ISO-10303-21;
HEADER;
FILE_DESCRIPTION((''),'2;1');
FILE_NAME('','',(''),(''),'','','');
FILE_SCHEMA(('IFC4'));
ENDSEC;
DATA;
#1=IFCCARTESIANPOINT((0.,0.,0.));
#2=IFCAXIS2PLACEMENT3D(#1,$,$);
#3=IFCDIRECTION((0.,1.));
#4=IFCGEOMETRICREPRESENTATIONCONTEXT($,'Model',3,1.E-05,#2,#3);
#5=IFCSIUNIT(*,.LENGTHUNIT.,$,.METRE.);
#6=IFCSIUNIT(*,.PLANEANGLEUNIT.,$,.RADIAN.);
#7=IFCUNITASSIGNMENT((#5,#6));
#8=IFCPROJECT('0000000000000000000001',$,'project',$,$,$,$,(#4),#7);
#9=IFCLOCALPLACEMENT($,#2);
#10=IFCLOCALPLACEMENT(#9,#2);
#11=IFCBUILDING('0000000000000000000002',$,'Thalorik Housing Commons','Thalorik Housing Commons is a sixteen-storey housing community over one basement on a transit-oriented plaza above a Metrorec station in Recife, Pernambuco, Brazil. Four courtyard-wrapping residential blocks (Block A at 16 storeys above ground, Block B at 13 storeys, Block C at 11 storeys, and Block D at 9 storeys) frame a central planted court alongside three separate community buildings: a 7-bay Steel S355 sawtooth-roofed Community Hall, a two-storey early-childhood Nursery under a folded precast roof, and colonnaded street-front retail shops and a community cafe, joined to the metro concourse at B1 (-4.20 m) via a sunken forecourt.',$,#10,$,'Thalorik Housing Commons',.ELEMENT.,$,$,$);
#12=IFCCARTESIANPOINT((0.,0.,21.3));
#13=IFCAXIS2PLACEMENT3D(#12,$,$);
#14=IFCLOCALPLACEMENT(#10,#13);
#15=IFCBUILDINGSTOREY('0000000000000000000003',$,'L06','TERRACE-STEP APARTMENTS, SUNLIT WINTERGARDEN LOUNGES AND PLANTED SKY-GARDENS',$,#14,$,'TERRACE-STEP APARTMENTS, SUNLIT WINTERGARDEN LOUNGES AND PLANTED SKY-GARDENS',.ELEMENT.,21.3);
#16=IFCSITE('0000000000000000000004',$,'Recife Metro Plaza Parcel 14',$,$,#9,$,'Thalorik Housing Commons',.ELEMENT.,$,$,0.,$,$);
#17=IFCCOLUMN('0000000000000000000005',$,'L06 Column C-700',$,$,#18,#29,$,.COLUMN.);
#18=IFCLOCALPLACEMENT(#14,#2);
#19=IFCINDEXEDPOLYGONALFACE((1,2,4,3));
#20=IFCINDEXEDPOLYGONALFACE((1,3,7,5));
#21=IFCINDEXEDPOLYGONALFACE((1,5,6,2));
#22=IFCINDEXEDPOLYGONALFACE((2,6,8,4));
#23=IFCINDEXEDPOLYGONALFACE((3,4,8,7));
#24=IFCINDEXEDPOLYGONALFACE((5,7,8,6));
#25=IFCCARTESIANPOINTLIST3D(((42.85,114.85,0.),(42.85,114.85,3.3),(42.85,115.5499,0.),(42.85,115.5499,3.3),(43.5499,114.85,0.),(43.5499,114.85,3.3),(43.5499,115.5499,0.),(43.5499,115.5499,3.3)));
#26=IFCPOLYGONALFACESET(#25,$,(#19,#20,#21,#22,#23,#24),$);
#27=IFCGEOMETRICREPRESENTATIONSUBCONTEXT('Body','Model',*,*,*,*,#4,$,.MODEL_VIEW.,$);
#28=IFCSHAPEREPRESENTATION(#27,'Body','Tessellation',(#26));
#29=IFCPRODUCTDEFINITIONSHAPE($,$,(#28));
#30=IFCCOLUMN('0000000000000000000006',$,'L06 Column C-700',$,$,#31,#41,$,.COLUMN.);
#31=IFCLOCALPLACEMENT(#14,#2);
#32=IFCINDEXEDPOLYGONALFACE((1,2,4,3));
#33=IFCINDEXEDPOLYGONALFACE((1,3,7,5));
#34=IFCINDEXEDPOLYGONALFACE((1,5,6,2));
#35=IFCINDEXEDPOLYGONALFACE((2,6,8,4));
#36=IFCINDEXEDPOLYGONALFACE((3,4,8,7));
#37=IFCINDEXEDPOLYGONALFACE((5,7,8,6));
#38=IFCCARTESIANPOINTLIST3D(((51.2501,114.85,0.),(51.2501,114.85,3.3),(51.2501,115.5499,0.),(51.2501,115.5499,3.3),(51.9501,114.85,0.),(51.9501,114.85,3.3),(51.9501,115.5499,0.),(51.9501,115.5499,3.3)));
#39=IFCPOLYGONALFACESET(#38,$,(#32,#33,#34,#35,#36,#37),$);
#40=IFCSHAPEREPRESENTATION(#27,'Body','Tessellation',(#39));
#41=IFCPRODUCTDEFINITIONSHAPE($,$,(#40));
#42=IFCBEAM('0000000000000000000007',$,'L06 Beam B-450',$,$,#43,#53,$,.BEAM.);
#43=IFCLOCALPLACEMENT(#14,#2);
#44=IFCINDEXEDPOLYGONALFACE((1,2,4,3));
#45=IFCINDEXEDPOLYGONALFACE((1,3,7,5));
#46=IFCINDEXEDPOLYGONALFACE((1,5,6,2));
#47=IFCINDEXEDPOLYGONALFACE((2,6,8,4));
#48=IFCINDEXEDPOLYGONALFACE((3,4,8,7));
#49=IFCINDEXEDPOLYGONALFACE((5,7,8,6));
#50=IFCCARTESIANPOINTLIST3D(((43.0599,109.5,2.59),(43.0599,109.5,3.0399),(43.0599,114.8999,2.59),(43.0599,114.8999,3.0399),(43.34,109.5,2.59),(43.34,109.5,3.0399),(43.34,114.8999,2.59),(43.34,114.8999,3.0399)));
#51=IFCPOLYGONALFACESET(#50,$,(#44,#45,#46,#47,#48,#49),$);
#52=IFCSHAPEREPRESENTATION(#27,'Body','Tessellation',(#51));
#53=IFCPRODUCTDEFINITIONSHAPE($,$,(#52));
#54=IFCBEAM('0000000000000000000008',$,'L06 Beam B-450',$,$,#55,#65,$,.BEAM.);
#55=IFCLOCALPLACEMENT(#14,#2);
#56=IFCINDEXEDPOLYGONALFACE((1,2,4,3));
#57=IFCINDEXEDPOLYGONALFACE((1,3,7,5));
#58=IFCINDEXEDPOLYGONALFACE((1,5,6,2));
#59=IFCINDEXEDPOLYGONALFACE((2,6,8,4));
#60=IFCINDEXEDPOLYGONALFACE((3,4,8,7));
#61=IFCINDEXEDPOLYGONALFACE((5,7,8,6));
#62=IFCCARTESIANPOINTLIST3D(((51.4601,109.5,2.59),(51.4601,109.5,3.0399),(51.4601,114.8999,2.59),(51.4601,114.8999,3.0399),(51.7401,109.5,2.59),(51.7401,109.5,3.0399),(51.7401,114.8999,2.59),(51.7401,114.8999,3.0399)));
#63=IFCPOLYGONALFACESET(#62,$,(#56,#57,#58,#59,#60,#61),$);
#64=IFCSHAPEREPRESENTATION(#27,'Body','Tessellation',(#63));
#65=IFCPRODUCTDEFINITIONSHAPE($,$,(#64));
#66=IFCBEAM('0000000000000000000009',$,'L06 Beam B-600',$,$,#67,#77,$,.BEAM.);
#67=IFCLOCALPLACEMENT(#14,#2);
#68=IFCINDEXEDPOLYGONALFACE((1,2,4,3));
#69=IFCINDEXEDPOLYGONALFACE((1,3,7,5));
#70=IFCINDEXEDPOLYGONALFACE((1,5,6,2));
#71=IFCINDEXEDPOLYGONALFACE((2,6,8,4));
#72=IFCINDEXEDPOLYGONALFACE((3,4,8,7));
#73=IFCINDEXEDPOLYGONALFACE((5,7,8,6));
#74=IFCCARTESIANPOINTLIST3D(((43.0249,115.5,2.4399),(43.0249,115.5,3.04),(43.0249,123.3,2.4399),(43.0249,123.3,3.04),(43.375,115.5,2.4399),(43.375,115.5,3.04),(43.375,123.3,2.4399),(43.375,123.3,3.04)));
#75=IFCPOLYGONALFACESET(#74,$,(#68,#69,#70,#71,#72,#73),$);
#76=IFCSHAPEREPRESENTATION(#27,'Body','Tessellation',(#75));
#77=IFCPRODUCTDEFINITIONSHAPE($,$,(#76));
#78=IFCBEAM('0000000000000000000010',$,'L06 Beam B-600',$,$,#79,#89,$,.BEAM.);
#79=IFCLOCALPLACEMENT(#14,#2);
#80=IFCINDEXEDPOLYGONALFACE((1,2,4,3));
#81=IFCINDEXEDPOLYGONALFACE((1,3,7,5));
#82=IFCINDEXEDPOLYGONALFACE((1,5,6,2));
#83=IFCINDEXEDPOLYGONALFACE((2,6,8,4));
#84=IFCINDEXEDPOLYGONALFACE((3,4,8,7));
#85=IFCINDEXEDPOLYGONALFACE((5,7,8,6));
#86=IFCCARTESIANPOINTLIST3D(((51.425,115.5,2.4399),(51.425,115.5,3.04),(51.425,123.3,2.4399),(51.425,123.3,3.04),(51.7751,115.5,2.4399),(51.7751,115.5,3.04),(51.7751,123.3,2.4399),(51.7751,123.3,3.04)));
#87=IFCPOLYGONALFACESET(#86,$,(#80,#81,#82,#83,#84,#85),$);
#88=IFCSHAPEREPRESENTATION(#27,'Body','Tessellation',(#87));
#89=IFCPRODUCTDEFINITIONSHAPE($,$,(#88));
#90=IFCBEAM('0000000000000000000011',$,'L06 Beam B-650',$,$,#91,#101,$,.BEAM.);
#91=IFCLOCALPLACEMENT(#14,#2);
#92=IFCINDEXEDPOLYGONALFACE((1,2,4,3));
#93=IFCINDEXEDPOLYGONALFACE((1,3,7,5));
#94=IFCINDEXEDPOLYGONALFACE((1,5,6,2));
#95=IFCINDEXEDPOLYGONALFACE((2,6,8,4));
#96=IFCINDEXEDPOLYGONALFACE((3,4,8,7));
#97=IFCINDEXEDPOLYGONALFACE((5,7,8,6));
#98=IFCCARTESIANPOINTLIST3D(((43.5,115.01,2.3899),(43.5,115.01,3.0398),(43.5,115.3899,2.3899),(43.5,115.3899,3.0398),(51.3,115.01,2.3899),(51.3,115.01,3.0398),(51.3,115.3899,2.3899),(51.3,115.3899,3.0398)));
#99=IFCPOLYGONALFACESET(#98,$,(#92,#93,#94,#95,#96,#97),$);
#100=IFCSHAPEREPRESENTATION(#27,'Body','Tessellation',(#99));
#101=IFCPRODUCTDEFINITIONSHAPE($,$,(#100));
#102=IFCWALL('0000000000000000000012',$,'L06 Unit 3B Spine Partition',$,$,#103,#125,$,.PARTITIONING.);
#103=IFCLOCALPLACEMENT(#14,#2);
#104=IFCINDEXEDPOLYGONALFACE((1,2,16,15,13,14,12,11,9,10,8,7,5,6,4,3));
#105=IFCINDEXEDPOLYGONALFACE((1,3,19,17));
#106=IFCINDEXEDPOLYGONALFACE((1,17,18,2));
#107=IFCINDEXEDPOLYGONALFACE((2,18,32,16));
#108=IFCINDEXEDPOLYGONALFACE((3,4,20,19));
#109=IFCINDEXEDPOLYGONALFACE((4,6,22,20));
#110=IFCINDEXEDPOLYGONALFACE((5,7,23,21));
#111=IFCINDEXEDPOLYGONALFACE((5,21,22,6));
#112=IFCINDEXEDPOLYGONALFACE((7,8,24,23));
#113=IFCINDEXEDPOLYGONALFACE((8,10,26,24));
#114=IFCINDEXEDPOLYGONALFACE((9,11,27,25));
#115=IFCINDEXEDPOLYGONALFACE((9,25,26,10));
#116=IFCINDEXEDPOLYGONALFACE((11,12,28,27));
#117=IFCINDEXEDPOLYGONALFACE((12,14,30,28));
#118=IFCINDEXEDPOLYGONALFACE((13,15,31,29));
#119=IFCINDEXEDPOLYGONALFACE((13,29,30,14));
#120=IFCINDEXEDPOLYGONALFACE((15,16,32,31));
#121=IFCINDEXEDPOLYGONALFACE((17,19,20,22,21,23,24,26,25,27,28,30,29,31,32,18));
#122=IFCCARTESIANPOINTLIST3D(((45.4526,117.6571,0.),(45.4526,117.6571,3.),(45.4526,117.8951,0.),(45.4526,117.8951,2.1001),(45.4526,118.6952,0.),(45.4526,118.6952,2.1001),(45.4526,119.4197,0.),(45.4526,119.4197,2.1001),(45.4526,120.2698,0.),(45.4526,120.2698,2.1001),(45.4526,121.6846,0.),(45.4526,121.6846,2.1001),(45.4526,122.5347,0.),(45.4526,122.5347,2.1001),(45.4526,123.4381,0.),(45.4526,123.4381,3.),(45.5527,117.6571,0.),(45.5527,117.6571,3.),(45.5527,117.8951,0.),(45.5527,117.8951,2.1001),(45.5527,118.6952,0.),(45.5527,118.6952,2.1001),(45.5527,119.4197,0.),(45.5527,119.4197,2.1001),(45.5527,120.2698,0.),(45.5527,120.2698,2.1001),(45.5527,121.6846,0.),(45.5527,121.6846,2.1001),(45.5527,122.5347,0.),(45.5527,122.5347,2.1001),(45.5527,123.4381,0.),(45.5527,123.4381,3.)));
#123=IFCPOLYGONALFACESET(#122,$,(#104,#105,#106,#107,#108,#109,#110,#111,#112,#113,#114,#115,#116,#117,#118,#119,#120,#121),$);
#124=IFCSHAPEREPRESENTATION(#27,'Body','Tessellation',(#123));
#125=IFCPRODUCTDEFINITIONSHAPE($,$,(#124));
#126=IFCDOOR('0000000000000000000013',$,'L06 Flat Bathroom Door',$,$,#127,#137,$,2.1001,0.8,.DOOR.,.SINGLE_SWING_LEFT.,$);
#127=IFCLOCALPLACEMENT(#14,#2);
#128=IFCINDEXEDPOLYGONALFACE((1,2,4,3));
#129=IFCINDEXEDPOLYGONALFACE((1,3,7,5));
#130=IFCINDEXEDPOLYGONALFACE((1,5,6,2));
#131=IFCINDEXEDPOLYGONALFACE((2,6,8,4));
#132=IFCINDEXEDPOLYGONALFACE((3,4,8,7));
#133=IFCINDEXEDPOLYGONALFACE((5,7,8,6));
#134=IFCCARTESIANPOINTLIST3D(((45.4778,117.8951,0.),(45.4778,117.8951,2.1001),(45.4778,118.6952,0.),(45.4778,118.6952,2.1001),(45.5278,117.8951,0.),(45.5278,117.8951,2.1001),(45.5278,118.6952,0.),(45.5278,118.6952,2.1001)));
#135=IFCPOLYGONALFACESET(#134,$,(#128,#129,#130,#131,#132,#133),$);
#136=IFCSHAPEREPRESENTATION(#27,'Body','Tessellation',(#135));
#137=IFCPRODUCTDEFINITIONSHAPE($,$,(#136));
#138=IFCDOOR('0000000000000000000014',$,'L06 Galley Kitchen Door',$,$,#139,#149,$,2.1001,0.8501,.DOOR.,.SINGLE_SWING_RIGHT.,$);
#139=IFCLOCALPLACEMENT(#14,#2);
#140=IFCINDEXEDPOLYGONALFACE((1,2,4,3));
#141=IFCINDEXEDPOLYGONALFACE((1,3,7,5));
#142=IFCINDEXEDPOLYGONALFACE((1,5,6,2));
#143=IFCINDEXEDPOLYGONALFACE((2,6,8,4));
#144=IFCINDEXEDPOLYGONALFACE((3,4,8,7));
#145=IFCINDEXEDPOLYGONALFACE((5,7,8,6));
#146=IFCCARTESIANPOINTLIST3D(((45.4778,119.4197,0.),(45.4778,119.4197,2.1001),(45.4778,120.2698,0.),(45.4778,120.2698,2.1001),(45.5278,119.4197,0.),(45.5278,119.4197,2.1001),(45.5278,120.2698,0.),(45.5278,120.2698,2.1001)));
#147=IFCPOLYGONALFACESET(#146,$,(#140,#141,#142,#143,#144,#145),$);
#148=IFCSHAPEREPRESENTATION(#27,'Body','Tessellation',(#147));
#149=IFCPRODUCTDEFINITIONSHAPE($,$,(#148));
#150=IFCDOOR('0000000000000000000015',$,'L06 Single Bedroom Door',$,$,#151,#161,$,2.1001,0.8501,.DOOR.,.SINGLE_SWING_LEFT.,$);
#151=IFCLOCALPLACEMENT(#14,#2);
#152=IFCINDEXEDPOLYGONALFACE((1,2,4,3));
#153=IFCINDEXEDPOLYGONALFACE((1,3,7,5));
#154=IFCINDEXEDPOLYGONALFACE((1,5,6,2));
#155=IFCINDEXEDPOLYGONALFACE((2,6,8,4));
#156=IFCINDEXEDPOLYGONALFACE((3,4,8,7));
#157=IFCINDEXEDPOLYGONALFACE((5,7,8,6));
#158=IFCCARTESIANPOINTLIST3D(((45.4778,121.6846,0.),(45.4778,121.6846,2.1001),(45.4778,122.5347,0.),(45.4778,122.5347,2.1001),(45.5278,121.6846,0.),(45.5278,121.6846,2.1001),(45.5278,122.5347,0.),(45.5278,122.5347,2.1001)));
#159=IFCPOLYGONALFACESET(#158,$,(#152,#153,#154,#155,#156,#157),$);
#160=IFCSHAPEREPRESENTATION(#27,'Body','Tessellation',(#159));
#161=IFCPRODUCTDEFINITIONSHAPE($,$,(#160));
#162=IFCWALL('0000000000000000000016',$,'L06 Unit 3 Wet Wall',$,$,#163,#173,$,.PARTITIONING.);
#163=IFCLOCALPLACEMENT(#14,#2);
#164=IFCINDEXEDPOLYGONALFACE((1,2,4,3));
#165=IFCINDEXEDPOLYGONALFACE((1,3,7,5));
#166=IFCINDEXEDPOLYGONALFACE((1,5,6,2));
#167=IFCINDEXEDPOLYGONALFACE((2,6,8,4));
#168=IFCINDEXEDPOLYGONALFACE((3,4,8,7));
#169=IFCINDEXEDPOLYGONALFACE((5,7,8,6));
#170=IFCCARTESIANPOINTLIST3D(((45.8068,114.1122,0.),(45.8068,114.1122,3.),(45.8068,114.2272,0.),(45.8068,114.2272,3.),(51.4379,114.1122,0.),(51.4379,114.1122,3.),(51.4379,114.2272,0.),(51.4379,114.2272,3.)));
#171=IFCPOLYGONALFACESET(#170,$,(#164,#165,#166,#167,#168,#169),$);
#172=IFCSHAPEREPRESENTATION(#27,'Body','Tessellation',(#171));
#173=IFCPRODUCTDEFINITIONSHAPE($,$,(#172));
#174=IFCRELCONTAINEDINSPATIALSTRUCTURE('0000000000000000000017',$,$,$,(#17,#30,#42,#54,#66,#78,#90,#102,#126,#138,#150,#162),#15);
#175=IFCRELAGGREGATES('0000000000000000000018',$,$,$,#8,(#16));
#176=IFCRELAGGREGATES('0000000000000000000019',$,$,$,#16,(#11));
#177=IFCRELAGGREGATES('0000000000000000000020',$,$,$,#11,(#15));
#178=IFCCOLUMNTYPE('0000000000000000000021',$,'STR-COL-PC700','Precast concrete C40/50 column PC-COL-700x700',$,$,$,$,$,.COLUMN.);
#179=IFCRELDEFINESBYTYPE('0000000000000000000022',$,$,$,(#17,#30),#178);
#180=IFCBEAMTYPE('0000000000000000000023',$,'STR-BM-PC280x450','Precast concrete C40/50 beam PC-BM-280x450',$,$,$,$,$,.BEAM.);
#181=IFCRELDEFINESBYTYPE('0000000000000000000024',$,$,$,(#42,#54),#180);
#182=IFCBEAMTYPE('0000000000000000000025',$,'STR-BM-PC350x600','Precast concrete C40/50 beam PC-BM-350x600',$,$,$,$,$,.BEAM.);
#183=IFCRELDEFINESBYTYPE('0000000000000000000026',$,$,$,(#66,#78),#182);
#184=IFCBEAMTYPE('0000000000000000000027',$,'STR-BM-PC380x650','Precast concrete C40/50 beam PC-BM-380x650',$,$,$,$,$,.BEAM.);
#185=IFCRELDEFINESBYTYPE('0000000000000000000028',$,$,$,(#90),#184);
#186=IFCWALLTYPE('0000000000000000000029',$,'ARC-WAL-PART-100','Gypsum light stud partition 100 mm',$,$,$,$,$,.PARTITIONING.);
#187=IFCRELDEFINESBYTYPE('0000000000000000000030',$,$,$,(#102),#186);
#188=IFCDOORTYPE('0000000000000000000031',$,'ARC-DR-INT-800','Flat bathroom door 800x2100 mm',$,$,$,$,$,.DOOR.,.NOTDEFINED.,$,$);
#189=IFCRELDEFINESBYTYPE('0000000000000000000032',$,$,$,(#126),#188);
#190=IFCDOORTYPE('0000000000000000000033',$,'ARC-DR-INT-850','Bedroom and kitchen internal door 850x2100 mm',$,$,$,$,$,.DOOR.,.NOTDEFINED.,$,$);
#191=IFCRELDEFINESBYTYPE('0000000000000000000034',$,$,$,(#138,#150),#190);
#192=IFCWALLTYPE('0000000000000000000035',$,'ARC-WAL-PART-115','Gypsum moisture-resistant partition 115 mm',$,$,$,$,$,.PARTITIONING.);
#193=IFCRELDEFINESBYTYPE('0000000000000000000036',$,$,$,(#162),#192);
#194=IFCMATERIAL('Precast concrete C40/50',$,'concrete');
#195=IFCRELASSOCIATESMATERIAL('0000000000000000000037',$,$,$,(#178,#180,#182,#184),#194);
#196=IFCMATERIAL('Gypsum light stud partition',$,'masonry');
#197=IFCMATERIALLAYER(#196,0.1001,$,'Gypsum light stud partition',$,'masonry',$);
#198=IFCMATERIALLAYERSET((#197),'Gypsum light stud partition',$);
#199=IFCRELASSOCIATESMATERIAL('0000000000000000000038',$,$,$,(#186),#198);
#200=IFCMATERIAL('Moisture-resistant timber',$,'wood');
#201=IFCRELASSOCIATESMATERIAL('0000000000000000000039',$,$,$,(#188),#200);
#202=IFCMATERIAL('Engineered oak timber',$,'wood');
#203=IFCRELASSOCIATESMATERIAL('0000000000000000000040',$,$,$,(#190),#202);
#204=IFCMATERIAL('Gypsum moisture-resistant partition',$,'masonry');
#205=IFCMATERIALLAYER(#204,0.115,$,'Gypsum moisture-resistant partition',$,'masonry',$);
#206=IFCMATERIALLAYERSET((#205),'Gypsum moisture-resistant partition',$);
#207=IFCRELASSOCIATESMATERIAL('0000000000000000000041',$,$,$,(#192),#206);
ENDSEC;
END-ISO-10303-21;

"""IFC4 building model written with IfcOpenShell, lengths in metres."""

from ifc_helpers import new_model, si_unit, direction, frame, frame_2d, origin, origin_2d, place, context, subcontext, project, spatial, rectangle, extrude, material, layer, layer_set, material_profile, profile_set, type_object, element, fill, save


model = new_model("IFC4")

# Units and contexts
model_context = context("Model", 3, precision=1e-05, world=origin(), true_north=direction((0.0, 1.0)))
body_context = subcontext(model_context, "Body", "Model", "MODEL_VIEW")
ifc_project = project(units=[si_unit("LENGTHUNIT", "METRE"), si_unit("PLANEANGLEUNIT", "RADIAN")], contexts=[model_context])

# Site, building, storey
site_placement = place(None, origin())
site = spatial("IfcSite", under=ifc_project, at=site_placement, Name="Recife Metro Plaza Parcel 14", LongName="Thalorik Housing Commons", CompositionType="ELEMENT", RefElevation=0.0)
building_placement = place(site_placement, origin())
building = spatial("IfcBuilding", under=site, at=building_placement, Name="Thalorik Housing Commons", Description="Thalorik Housing Commons is a sixteen-storey housing community over one basement on a transit-oriented plaza above a Metrorec station in Recife, Pernambuco, Brazil. Four courtyard-wrapping residential blocks (Block A at 16 storeys above ground, Block B at 13 storeys, Block C at 11 storeys, and Block D at 9 storeys) frame a central planted court alongside three separate community buildings: a 7-bay Steel S355 sawtooth-roofed Community Hall, a two-storey early-childhood Nursery under a folded precast roof, and colonnaded street-front retail shops and a community cafe, joined to the metro concourse at B1 (-4.20 m) via a sunken forecourt.", LongName="Thalorik Housing Commons", CompositionType="ELEMENT")
storey_placement = place(building_placement, frame((0.0, 0.0, 21.3)))
storey = spatial("IfcBuildingStorey", under=building, at=storey_placement, Name="L06", Description="TERRACE-STEP APARTMENTS, SUNLIT WINTERGARDEN LOUNGES AND PLANTED SKY-GARDENS", LongName="TERRACE-STEP APARTMENTS, SUNLIT WINTERGARDEN LOUNGES AND PLANTED SKY-GARDENS", CompositionType="ELEMENT", Elevation=21.3)

# Columns
ifc_material_1 = material(Name="Precast concrete C40/50", Category="concrete")
ifc_material_profile_1 = material_profile(ifc_material_1, rectangle(XDim=0.7, YDim=0.7, at=origin_2d()), Name="PC 700x700", Category="concrete")
ifc_profile_set_1 = profile_set([ifc_material_profile_1], Name="Precast concrete C40/50")
column_type = type_object("IfcColumnType", Name="STR-COL-PC700", Description="Precast concrete C40/50 column PC-COL-700x700", PredefinedType="COLUMN", material=ifc_profile_set_1)
for number, where, z_axis, x_axis, name in (
    (1, (43.2, 115.2, 0.0), (0.0, 0.0, 1.0), (1.0, 0.0, 0.0), "L06 Column C-700"),
    (2, (51.6001, 115.2, 0.0), (0.0, 0.0, 1.0), (1.0, 0.0, 0.0), "L06 Column C-700"),
):
    element("IfcColumn", number, at=place(storey_placement, frame(where, z_axis=z_axis, x_axis=x_axis)), inside=storey, type_object=column_type, Name=name, PredefinedType="COLUMN", context=body_context, shape_type="SweptSolid", body=[
        extrude(rectangle(XDim=0.7, YDim=0.7, at=origin_2d()), origin(), (0.0, 0.0, 1.0), 3.3),
    ])

# Beams
ifc_material_profile_2 = material_profile(ifc_material_1, rectangle(XDim=0.28, YDim=0.45, at=origin_2d()), Name="PC 280x450", Category="concrete")
ifc_profile_set_2 = profile_set([ifc_material_profile_2], Name="Precast concrete C40/50")
beam_type_1 = type_object("IfcBeamType", Name="STR-BM-PC280x450", Description="Precast concrete C40/50 beam PC-BM-280x450", PredefinedType="BEAM", material=ifc_profile_set_2)
for number, where, z_axis, x_axis, name in (
    (3, (43.2, 109.5, 2.8149), (0.0, 1.0, 0.0), (-1.0, 0.0, 0.0), "L06 Beam B-450"),
    (4, (51.6001, 109.5, 2.8149), (0.0, 1.0, 0.0), (-1.0, 0.0, 0.0), "L06 Beam B-450"),
):
    element("IfcBeam", number, at=place(storey_placement, frame(where, z_axis=z_axis, x_axis=x_axis)), inside=storey, type_object=beam_type_1, Name=name, PredefinedType="BEAM", context=body_context, shape_type="SweptSolid", body=[
        extrude(rectangle(XDim=0.28, YDim=0.45, at=origin_2d()), origin(), (0.0, 0.0, 1.0), 5.3999),
    ])
ifc_material_profile_3 = material_profile(ifc_material_1, rectangle(XDim=0.3501, YDim=0.6001, at=origin_2d()), Name="PC 350x600", Category="concrete")
ifc_profile_set_3 = profile_set([ifc_material_profile_3], Name="Precast concrete C40/50")
beam_type_2 = type_object("IfcBeamType", Name="STR-BM-PC350x600", Description="Precast concrete C40/50 beam PC-BM-350x600", PredefinedType="BEAM", material=ifc_profile_set_3)
for number, where, z_axis, x_axis, name in (
    (5, (43.2, 115.5, 2.74), (0.0, 1.0, 0.0), (-1.0, 0.0, 0.0), "L06 Beam B-600"),
    (6, (51.6001, 115.5, 2.74), (0.0, 1.0, 0.0), (-1.0, 0.0, 0.0), "L06 Beam B-600"),
):
    element("IfcBeam", number, at=place(storey_placement, frame(where, z_axis=z_axis, x_axis=x_axis)), inside=storey, type_object=beam_type_2, Name=name, PredefinedType="BEAM", context=body_context, shape_type="SweptSolid", body=[
        extrude(rectangle(XDim=0.3501, YDim=0.6001, at=origin_2d()), origin(), (0.0, 0.0, 1.0), 7.8),
    ])
ifc_material_profile_4 = material_profile(ifc_material_1, rectangle(XDim=0.3799, YDim=0.6499, at=origin_2d()), Name="PC 380x650", Category="concrete")
ifc_profile_set_4 = profile_set([ifc_material_profile_4], Name="Precast concrete C40/50")
beam_type_3 = type_object("IfcBeamType", Name="STR-BM-PC380x650", Description="Precast concrete C40/50 beam PC-BM-380x650", PredefinedType="BEAM", material=ifc_profile_set_4)
beam_placement = place(storey_placement, frame((43.5, 115.2, 2.7148), z_axis=(1.0, 0.0, 0.0), x_axis=(0.0, 1.0, 0.0)))
element("IfcBeam", 7, at=beam_placement, inside=storey, type_object=beam_type_3, Name="L06 Beam B-650", PredefinedType="BEAM", context=body_context, shape_type="SweptSolid", body=[
    extrude(rectangle(XDim=0.3799, YDim=0.6499, at=origin_2d()), origin(), (0.0, 0.0, 1.0), 7.8),
])

# Wall, openings, doors
ifc_material_2 = material(Name="Gypsum light stud partition", Category="masonry")
ifc_layer_1 = layer(ifc_material_2, 0.1001, Name="Gypsum light stud partition", Category="masonry")
ifc_layer_set_1 = layer_set([ifc_layer_1], Name="Gypsum light stud partition")
wall_type_1 = type_object("IfcWallType", Name="ARC-WAL-PART-100", Description="Gypsum light stud partition 100 mm", PredefinedType="PARTITIONING", material=ifc_layer_set_1)
wall_1_placement = place(storey_placement, frame((45.5027, 117.657, 0.0), z_axis=(0.0, 0.0, 1.0), x_axis=(0.0, 1.0, 0.0)))
wall_1 = element("IfcWall", 8, at=wall_1_placement, inside=storey, type_object=wall_type_1, Name="L06 Unit 3B Spine Partition", PredefinedType="PARTITIONING", context=body_context, shape_type="SweptSolid", body=[
    extrude(rectangle(XDim=5.781, YDim=0.1001, at=frame_2d((2.8906, 0.0))), origin(), (0.0, 0.0, 1.0), 3.0),
])
opening_1_placement = place(wall_1_placement, frame((0.2383, 0.0, 0.0)))
opening_1 = element("IfcOpeningElement", 9, at=opening_1_placement, cuts=wall_1, PredefinedType="OPENING", context=body_context, shape_type="SweptSolid", body=[
    extrude(rectangle(XDim=0.8, YDim=2.1001, at=frame_2d((0.3999, 1.05))), frame((0.0, 0.0601, 0.0), z_axis=(0.0, -1.0, 0.0), x_axis=(1.0, 0.0, 0.0)), (0.0, 0.0, 1.0), 0.1201),
])
opening_2_placement = place(wall_1_placement, frame((1.7627, 0.0, 0.0)))
opening_2 = element("IfcOpeningElement", 10, at=opening_2_placement, cuts=wall_1, PredefinedType="OPENING", context=body_context, shape_type="SweptSolid", body=[
    extrude(rectangle(XDim=0.8501, YDim=2.1001, at=frame_2d((0.425, 1.05))), frame((0.0, 0.0601, 0.0), z_axis=(0.0, -1.0, 0.0), x_axis=(1.0, 0.0, 0.0)), (0.0, 0.0, 1.0), 0.1201),
])
opening_3_placement = place(wall_1_placement, frame((4.0276, 0.0, 0.0)))
opening_3 = element("IfcOpeningElement", 11, at=opening_3_placement, cuts=wall_1, PredefinedType="OPENING", context=body_context, shape_type="SweptSolid", body=[
    extrude(rectangle(XDim=0.8501, YDim=2.1001, at=frame_2d((0.425, 1.05))), frame((0.0, 0.0601, 0.0), z_axis=(0.0, -1.0, 0.0), x_axis=(1.0, 0.0, 0.0)), (0.0, 0.0, 1.0), 0.1201),
])
ifc_material_3 = material(Name="Moisture-resistant timber", Category="wood")
door_type_1 = type_object("IfcDoorType", Name="ARC-DR-INT-800", Description="Flat bathroom door 800x2100 mm", OperationType="NOTDEFINED", PredefinedType="DOOR", material=ifc_material_3)
door_1_placement = place(opening_1_placement, origin())
door_1 = element("IfcDoor", 12, at=door_1_placement, inside=storey, type_object=door_type_1, Name="L06 Flat Bathroom Door", OperationType="SINGLE_SWING_LEFT", OverallHeight=2.1001, OverallWidth=0.8, PredefinedType="DOOR", context=body_context, shape_type="SweptSolid", body=[
    extrude(rectangle(XDim=0.8, YDim=2.1001, at=frame_2d((0.3999, 1.05))), frame((0.0, 0.0249, 0.0), z_axis=(0.0, -1.0, 0.0), x_axis=(1.0, 0.0, 0.0)), (0.0, 0.0, 1.0), 0.05),
])
fill(opening_1, door_1)
ifc_material_4 = material(Name="Engineered oak timber", Category="wood")
door_type_2 = type_object("IfcDoorType", Name="ARC-DR-INT-850", Description="Bedroom and kitchen internal door 850x2100 mm", OperationType="NOTDEFINED", PredefinedType="DOOR", material=ifc_material_4)
door_2_placement = place(opening_2_placement, origin())
door_2 = element("IfcDoor", 13, at=door_2_placement, inside=storey, type_object=door_type_2, Name="L06 Galley Kitchen Door", OperationType="SINGLE_SWING_RIGHT", OverallHeight=2.1001, OverallWidth=0.8501, PredefinedType="DOOR", context=body_context, shape_type="SweptSolid", body=[
    extrude(rectangle(XDim=0.8501, YDim=2.1001, at=frame_2d((0.425, 1.05))), frame((0.0, 0.0249, 0.0), z_axis=(0.0, -1.0, 0.0), x_axis=(1.0, 0.0, 0.0)), (0.0, 0.0, 1.0), 0.05),
])
fill(opening_2, door_2)
door_3_placement = place(opening_3_placement, origin())
door_3 = element("IfcDoor", 14, at=door_3_placement, inside=storey, type_object=door_type_2, Name="L06 Single Bedroom Door", OperationType="SINGLE_SWING_LEFT", OverallHeight=2.1001, OverallWidth=0.8501, PredefinedType="DOOR", context=body_context, shape_type="SweptSolid", body=[
    extrude(rectangle(XDim=0.8501, YDim=2.1001, at=frame_2d((0.425, 1.05))), frame((0.0, 0.0249, 0.0), z_axis=(0.0, -1.0, 0.0), x_axis=(1.0, 0.0, 0.0)), (0.0, 0.0, 1.0), 0.05),
])
fill(opening_3, door_3)

# Wall
ifc_material_5 = material(Name="Gypsum moisture-resistant partition", Category="masonry")
ifc_layer_2 = layer(ifc_material_5, 0.115, Name="Gypsum moisture-resistant partition", Category="masonry")
ifc_layer_set_2 = layer_set([ifc_layer_2], Name="Gypsum moisture-resistant partition")
wall_type_2 = type_object("IfcWallType", Name="ARC-WAL-PART-115", Description="Gypsum moisture-resistant partition 115 mm", PredefinedType="PARTITIONING", material=ifc_layer_set_2)
wall_2_placement = place(storey_placement, frame((45.8069, 114.1697, 0.0), z_axis=(0.0, 0.0, 1.0), x_axis=(1.0, 0.0, 0.0)))
element("IfcWall", 15, at=wall_2_placement, inside=storey, type_object=wall_type_2, Name="L06 Unit 3 Wet Wall", PredefinedType="PARTITIONING", context=body_context, shape_type="SweptSolid", body=[
    extrude(rectangle(XDim=5.6311, YDim=0.115, at=frame_2d((2.8154, 0.0))), origin(), (0.0, 0.0, 1.0), 3.0),
])

save(model, "model.ifc")
